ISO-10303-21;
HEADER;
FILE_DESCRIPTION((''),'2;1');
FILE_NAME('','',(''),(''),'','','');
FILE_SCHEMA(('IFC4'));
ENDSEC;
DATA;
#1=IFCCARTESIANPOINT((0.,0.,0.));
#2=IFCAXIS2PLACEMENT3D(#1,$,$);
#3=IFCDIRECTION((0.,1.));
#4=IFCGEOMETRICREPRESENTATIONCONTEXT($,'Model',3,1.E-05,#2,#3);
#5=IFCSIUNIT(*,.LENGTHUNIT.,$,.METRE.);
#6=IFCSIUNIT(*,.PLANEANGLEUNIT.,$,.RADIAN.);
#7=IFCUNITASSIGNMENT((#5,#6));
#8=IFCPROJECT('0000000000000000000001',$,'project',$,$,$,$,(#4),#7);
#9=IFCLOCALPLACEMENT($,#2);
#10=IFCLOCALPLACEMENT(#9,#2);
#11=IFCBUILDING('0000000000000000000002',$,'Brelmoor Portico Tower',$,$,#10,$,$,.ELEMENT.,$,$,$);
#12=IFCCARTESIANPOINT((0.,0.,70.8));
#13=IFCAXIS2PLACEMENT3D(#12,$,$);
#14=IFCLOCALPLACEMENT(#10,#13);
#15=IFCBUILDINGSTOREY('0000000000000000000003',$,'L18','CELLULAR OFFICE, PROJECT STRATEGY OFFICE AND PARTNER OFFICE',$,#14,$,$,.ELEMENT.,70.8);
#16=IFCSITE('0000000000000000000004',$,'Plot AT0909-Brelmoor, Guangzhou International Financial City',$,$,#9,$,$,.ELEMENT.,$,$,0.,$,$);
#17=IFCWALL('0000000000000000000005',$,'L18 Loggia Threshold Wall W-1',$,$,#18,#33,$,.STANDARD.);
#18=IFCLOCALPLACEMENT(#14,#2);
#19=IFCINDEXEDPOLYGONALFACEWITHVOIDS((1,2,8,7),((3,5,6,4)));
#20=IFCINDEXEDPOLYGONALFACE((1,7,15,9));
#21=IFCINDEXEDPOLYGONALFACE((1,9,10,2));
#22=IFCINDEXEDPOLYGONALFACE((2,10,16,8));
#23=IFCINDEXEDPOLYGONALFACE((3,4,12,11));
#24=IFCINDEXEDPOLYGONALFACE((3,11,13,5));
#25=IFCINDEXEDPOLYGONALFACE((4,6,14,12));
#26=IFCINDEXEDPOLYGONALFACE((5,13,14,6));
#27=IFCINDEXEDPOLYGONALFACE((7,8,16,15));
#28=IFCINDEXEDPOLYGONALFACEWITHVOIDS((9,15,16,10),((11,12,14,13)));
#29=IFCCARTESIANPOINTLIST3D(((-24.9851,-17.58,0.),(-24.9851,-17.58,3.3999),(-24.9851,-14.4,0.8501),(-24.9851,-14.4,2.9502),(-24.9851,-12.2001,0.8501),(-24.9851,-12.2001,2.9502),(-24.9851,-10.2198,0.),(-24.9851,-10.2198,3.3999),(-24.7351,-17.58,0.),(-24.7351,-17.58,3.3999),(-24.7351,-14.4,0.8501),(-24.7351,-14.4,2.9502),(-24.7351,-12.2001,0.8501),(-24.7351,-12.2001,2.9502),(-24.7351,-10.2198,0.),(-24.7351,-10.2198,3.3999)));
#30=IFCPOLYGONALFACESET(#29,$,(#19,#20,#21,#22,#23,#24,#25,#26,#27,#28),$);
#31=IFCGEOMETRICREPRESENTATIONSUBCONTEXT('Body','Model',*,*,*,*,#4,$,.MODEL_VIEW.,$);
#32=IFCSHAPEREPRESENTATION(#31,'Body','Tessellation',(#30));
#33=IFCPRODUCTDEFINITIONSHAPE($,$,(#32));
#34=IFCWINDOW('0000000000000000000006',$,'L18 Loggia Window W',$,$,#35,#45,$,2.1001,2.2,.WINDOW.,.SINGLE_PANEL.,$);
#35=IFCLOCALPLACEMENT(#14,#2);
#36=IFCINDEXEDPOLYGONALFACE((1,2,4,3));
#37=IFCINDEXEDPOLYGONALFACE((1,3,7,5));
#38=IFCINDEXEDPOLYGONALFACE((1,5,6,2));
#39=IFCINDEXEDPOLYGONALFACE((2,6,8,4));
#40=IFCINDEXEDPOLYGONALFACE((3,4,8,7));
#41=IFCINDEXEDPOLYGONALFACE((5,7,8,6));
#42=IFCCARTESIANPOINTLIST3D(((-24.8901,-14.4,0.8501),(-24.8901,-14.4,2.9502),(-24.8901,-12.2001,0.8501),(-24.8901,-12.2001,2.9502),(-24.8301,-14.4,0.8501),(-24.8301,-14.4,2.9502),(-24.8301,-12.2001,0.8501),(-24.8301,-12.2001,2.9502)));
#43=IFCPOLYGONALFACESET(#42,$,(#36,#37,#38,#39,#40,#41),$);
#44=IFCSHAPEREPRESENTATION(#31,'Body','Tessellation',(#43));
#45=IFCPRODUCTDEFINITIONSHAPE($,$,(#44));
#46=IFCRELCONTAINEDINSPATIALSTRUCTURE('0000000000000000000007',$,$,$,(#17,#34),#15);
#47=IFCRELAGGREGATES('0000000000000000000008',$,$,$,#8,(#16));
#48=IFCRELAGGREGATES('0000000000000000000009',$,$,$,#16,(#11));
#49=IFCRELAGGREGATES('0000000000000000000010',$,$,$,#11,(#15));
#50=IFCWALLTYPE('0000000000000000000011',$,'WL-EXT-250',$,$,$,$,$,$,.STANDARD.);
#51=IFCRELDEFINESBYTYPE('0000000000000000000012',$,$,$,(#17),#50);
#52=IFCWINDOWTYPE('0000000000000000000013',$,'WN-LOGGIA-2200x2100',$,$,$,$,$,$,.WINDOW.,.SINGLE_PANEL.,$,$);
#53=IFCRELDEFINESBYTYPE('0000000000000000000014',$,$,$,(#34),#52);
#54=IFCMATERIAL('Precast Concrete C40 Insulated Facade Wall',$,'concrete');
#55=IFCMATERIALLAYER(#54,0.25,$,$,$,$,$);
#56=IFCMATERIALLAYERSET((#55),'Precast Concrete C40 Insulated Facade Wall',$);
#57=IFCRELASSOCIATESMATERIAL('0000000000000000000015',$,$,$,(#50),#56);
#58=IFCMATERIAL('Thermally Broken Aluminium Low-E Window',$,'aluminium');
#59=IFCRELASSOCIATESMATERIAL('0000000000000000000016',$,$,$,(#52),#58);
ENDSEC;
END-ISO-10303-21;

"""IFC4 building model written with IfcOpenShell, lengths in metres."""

from ifc_helpers import new_model, si_unit, direction, frame, frame_2d, origin, place, context, subcontext, project, spatial, rectangle, extrude, material, layer, layer_set, type_object, element, fill, save


model = new_model("IFC4")

# Units and contexts
model_context = context("Model", 3, precision=1e-05, world=origin(), true_north=direction((0.0, 1.0)))
body_context = subcontext(model_context, "Body", "Model", "MODEL_VIEW")
ifc_project = project(units=[si_unit("LENGTHUNIT", "METRE"), si_unit("PLANEANGLEUNIT", "RADIAN")], contexts=[model_context])

# Site, building, storey
site_placement = place(None, origin())
site = spatial("IfcSite", under=ifc_project, at=site_placement, Name="Plot AT0909-Brelmoor, Guangzhou International Financial City", CompositionType="ELEMENT", RefElevation=0.0)
building_placement = place(site_placement, origin())
building = spatial("IfcBuilding", under=site, at=building_placement, Name="Brelmoor Portico Tower", CompositionType="ELEMENT")
storey_placement = place(building_placement, frame((0.0, 0.0, 70.8)))
storey = spatial("IfcBuildingStorey", under=building, at=storey_placement, Name="L18", Description="CELLULAR OFFICE, PROJECT STRATEGY OFFICE AND PARTNER OFFICE", CompositionType="ELEMENT", Elevation=70.8)

# Wall, opening, window
ifc_material_1 = material(Name="Precast Concrete C40 Insulated Facade Wall", Category="concrete")
ifc_layer_1 = layer(ifc_material_1, 0.25)
ifc_layer_set_1 = layer_set([ifc_layer_1], Name="Precast Concrete C40 Insulated Facade Wall")
wall_type = type_object("IfcWallType", Name="WL-EXT-250", PredefinedType="STANDARD", material=ifc_layer_set_1)
wall_placement = place(storey_placement, frame((-24.8601, -17.5801, 0.0), z_axis=(0.0, 0.0, 1.0), x_axis=(0.0, 1.0, 0.0)))
wall = element("IfcWall", 1, at=wall_placement, inside=storey, type_object=wall_type, Name="L18 Loggia Threshold Wall W-1", PredefinedType="STANDARD", context=body_context, shape_type="SweptSolid", body=[
    extrude(rectangle(XDim=7.3601, YDim=0.25, at=frame_2d((3.6802, 0.0))), origin(), (0.0, 0.0, 1.0), 3.3999),
])
opening_placement = place(wall_placement, frame((3.1799, 0.0, 0.8501)))
opening = element("IfcOpeningElement", 2, at=opening_placement, cuts=wall, PredefinedType="OPENING", context=body_context, shape_type="SweptSolid", body=[
    extrude(rectangle(XDim=2.2, YDim=2.1001, at=frame_2d((1.1001, 1.05))), frame((0.0, 0.135, 0.0), z_axis=(0.0, -1.0, 0.0), x_axis=(1.0, 0.0, 0.0)), (0.0, 0.0, 1.0), 0.27),
])
ifc_material_2 = material(Name="Thermally Broken Aluminium Low-E Window", Category="aluminium")
window_type = type_object("IfcWindowType", Name="WN-LOGGIA-2200x2100", PartitioningType="SINGLE_PANEL", PredefinedType="WINDOW", material=ifc_material_2)
window_placement = place(opening_placement, origin())
window = element("IfcWindow", 3, at=window_placement, inside=storey, type_object=window_type, Name="L18 Loggia Window W", OverallHeight=2.1001, OverallWidth=2.2, PartitioningType="SINGLE_PANEL", PredefinedType="WINDOW", context=body_context, shape_type="SweptSolid", body=[
    extrude(rectangle(XDim=2.2, YDim=2.1001, at=frame_2d((1.1001, 1.05))), frame((0.0, 0.03, 0.0), z_axis=(0.0, -1.0, 0.0), x_axis=(1.0, 0.0, 0.0)), (0.0, 0.0, 1.0), 0.0601),
])
fill(opening, window)

save(model, "model.ifc")
